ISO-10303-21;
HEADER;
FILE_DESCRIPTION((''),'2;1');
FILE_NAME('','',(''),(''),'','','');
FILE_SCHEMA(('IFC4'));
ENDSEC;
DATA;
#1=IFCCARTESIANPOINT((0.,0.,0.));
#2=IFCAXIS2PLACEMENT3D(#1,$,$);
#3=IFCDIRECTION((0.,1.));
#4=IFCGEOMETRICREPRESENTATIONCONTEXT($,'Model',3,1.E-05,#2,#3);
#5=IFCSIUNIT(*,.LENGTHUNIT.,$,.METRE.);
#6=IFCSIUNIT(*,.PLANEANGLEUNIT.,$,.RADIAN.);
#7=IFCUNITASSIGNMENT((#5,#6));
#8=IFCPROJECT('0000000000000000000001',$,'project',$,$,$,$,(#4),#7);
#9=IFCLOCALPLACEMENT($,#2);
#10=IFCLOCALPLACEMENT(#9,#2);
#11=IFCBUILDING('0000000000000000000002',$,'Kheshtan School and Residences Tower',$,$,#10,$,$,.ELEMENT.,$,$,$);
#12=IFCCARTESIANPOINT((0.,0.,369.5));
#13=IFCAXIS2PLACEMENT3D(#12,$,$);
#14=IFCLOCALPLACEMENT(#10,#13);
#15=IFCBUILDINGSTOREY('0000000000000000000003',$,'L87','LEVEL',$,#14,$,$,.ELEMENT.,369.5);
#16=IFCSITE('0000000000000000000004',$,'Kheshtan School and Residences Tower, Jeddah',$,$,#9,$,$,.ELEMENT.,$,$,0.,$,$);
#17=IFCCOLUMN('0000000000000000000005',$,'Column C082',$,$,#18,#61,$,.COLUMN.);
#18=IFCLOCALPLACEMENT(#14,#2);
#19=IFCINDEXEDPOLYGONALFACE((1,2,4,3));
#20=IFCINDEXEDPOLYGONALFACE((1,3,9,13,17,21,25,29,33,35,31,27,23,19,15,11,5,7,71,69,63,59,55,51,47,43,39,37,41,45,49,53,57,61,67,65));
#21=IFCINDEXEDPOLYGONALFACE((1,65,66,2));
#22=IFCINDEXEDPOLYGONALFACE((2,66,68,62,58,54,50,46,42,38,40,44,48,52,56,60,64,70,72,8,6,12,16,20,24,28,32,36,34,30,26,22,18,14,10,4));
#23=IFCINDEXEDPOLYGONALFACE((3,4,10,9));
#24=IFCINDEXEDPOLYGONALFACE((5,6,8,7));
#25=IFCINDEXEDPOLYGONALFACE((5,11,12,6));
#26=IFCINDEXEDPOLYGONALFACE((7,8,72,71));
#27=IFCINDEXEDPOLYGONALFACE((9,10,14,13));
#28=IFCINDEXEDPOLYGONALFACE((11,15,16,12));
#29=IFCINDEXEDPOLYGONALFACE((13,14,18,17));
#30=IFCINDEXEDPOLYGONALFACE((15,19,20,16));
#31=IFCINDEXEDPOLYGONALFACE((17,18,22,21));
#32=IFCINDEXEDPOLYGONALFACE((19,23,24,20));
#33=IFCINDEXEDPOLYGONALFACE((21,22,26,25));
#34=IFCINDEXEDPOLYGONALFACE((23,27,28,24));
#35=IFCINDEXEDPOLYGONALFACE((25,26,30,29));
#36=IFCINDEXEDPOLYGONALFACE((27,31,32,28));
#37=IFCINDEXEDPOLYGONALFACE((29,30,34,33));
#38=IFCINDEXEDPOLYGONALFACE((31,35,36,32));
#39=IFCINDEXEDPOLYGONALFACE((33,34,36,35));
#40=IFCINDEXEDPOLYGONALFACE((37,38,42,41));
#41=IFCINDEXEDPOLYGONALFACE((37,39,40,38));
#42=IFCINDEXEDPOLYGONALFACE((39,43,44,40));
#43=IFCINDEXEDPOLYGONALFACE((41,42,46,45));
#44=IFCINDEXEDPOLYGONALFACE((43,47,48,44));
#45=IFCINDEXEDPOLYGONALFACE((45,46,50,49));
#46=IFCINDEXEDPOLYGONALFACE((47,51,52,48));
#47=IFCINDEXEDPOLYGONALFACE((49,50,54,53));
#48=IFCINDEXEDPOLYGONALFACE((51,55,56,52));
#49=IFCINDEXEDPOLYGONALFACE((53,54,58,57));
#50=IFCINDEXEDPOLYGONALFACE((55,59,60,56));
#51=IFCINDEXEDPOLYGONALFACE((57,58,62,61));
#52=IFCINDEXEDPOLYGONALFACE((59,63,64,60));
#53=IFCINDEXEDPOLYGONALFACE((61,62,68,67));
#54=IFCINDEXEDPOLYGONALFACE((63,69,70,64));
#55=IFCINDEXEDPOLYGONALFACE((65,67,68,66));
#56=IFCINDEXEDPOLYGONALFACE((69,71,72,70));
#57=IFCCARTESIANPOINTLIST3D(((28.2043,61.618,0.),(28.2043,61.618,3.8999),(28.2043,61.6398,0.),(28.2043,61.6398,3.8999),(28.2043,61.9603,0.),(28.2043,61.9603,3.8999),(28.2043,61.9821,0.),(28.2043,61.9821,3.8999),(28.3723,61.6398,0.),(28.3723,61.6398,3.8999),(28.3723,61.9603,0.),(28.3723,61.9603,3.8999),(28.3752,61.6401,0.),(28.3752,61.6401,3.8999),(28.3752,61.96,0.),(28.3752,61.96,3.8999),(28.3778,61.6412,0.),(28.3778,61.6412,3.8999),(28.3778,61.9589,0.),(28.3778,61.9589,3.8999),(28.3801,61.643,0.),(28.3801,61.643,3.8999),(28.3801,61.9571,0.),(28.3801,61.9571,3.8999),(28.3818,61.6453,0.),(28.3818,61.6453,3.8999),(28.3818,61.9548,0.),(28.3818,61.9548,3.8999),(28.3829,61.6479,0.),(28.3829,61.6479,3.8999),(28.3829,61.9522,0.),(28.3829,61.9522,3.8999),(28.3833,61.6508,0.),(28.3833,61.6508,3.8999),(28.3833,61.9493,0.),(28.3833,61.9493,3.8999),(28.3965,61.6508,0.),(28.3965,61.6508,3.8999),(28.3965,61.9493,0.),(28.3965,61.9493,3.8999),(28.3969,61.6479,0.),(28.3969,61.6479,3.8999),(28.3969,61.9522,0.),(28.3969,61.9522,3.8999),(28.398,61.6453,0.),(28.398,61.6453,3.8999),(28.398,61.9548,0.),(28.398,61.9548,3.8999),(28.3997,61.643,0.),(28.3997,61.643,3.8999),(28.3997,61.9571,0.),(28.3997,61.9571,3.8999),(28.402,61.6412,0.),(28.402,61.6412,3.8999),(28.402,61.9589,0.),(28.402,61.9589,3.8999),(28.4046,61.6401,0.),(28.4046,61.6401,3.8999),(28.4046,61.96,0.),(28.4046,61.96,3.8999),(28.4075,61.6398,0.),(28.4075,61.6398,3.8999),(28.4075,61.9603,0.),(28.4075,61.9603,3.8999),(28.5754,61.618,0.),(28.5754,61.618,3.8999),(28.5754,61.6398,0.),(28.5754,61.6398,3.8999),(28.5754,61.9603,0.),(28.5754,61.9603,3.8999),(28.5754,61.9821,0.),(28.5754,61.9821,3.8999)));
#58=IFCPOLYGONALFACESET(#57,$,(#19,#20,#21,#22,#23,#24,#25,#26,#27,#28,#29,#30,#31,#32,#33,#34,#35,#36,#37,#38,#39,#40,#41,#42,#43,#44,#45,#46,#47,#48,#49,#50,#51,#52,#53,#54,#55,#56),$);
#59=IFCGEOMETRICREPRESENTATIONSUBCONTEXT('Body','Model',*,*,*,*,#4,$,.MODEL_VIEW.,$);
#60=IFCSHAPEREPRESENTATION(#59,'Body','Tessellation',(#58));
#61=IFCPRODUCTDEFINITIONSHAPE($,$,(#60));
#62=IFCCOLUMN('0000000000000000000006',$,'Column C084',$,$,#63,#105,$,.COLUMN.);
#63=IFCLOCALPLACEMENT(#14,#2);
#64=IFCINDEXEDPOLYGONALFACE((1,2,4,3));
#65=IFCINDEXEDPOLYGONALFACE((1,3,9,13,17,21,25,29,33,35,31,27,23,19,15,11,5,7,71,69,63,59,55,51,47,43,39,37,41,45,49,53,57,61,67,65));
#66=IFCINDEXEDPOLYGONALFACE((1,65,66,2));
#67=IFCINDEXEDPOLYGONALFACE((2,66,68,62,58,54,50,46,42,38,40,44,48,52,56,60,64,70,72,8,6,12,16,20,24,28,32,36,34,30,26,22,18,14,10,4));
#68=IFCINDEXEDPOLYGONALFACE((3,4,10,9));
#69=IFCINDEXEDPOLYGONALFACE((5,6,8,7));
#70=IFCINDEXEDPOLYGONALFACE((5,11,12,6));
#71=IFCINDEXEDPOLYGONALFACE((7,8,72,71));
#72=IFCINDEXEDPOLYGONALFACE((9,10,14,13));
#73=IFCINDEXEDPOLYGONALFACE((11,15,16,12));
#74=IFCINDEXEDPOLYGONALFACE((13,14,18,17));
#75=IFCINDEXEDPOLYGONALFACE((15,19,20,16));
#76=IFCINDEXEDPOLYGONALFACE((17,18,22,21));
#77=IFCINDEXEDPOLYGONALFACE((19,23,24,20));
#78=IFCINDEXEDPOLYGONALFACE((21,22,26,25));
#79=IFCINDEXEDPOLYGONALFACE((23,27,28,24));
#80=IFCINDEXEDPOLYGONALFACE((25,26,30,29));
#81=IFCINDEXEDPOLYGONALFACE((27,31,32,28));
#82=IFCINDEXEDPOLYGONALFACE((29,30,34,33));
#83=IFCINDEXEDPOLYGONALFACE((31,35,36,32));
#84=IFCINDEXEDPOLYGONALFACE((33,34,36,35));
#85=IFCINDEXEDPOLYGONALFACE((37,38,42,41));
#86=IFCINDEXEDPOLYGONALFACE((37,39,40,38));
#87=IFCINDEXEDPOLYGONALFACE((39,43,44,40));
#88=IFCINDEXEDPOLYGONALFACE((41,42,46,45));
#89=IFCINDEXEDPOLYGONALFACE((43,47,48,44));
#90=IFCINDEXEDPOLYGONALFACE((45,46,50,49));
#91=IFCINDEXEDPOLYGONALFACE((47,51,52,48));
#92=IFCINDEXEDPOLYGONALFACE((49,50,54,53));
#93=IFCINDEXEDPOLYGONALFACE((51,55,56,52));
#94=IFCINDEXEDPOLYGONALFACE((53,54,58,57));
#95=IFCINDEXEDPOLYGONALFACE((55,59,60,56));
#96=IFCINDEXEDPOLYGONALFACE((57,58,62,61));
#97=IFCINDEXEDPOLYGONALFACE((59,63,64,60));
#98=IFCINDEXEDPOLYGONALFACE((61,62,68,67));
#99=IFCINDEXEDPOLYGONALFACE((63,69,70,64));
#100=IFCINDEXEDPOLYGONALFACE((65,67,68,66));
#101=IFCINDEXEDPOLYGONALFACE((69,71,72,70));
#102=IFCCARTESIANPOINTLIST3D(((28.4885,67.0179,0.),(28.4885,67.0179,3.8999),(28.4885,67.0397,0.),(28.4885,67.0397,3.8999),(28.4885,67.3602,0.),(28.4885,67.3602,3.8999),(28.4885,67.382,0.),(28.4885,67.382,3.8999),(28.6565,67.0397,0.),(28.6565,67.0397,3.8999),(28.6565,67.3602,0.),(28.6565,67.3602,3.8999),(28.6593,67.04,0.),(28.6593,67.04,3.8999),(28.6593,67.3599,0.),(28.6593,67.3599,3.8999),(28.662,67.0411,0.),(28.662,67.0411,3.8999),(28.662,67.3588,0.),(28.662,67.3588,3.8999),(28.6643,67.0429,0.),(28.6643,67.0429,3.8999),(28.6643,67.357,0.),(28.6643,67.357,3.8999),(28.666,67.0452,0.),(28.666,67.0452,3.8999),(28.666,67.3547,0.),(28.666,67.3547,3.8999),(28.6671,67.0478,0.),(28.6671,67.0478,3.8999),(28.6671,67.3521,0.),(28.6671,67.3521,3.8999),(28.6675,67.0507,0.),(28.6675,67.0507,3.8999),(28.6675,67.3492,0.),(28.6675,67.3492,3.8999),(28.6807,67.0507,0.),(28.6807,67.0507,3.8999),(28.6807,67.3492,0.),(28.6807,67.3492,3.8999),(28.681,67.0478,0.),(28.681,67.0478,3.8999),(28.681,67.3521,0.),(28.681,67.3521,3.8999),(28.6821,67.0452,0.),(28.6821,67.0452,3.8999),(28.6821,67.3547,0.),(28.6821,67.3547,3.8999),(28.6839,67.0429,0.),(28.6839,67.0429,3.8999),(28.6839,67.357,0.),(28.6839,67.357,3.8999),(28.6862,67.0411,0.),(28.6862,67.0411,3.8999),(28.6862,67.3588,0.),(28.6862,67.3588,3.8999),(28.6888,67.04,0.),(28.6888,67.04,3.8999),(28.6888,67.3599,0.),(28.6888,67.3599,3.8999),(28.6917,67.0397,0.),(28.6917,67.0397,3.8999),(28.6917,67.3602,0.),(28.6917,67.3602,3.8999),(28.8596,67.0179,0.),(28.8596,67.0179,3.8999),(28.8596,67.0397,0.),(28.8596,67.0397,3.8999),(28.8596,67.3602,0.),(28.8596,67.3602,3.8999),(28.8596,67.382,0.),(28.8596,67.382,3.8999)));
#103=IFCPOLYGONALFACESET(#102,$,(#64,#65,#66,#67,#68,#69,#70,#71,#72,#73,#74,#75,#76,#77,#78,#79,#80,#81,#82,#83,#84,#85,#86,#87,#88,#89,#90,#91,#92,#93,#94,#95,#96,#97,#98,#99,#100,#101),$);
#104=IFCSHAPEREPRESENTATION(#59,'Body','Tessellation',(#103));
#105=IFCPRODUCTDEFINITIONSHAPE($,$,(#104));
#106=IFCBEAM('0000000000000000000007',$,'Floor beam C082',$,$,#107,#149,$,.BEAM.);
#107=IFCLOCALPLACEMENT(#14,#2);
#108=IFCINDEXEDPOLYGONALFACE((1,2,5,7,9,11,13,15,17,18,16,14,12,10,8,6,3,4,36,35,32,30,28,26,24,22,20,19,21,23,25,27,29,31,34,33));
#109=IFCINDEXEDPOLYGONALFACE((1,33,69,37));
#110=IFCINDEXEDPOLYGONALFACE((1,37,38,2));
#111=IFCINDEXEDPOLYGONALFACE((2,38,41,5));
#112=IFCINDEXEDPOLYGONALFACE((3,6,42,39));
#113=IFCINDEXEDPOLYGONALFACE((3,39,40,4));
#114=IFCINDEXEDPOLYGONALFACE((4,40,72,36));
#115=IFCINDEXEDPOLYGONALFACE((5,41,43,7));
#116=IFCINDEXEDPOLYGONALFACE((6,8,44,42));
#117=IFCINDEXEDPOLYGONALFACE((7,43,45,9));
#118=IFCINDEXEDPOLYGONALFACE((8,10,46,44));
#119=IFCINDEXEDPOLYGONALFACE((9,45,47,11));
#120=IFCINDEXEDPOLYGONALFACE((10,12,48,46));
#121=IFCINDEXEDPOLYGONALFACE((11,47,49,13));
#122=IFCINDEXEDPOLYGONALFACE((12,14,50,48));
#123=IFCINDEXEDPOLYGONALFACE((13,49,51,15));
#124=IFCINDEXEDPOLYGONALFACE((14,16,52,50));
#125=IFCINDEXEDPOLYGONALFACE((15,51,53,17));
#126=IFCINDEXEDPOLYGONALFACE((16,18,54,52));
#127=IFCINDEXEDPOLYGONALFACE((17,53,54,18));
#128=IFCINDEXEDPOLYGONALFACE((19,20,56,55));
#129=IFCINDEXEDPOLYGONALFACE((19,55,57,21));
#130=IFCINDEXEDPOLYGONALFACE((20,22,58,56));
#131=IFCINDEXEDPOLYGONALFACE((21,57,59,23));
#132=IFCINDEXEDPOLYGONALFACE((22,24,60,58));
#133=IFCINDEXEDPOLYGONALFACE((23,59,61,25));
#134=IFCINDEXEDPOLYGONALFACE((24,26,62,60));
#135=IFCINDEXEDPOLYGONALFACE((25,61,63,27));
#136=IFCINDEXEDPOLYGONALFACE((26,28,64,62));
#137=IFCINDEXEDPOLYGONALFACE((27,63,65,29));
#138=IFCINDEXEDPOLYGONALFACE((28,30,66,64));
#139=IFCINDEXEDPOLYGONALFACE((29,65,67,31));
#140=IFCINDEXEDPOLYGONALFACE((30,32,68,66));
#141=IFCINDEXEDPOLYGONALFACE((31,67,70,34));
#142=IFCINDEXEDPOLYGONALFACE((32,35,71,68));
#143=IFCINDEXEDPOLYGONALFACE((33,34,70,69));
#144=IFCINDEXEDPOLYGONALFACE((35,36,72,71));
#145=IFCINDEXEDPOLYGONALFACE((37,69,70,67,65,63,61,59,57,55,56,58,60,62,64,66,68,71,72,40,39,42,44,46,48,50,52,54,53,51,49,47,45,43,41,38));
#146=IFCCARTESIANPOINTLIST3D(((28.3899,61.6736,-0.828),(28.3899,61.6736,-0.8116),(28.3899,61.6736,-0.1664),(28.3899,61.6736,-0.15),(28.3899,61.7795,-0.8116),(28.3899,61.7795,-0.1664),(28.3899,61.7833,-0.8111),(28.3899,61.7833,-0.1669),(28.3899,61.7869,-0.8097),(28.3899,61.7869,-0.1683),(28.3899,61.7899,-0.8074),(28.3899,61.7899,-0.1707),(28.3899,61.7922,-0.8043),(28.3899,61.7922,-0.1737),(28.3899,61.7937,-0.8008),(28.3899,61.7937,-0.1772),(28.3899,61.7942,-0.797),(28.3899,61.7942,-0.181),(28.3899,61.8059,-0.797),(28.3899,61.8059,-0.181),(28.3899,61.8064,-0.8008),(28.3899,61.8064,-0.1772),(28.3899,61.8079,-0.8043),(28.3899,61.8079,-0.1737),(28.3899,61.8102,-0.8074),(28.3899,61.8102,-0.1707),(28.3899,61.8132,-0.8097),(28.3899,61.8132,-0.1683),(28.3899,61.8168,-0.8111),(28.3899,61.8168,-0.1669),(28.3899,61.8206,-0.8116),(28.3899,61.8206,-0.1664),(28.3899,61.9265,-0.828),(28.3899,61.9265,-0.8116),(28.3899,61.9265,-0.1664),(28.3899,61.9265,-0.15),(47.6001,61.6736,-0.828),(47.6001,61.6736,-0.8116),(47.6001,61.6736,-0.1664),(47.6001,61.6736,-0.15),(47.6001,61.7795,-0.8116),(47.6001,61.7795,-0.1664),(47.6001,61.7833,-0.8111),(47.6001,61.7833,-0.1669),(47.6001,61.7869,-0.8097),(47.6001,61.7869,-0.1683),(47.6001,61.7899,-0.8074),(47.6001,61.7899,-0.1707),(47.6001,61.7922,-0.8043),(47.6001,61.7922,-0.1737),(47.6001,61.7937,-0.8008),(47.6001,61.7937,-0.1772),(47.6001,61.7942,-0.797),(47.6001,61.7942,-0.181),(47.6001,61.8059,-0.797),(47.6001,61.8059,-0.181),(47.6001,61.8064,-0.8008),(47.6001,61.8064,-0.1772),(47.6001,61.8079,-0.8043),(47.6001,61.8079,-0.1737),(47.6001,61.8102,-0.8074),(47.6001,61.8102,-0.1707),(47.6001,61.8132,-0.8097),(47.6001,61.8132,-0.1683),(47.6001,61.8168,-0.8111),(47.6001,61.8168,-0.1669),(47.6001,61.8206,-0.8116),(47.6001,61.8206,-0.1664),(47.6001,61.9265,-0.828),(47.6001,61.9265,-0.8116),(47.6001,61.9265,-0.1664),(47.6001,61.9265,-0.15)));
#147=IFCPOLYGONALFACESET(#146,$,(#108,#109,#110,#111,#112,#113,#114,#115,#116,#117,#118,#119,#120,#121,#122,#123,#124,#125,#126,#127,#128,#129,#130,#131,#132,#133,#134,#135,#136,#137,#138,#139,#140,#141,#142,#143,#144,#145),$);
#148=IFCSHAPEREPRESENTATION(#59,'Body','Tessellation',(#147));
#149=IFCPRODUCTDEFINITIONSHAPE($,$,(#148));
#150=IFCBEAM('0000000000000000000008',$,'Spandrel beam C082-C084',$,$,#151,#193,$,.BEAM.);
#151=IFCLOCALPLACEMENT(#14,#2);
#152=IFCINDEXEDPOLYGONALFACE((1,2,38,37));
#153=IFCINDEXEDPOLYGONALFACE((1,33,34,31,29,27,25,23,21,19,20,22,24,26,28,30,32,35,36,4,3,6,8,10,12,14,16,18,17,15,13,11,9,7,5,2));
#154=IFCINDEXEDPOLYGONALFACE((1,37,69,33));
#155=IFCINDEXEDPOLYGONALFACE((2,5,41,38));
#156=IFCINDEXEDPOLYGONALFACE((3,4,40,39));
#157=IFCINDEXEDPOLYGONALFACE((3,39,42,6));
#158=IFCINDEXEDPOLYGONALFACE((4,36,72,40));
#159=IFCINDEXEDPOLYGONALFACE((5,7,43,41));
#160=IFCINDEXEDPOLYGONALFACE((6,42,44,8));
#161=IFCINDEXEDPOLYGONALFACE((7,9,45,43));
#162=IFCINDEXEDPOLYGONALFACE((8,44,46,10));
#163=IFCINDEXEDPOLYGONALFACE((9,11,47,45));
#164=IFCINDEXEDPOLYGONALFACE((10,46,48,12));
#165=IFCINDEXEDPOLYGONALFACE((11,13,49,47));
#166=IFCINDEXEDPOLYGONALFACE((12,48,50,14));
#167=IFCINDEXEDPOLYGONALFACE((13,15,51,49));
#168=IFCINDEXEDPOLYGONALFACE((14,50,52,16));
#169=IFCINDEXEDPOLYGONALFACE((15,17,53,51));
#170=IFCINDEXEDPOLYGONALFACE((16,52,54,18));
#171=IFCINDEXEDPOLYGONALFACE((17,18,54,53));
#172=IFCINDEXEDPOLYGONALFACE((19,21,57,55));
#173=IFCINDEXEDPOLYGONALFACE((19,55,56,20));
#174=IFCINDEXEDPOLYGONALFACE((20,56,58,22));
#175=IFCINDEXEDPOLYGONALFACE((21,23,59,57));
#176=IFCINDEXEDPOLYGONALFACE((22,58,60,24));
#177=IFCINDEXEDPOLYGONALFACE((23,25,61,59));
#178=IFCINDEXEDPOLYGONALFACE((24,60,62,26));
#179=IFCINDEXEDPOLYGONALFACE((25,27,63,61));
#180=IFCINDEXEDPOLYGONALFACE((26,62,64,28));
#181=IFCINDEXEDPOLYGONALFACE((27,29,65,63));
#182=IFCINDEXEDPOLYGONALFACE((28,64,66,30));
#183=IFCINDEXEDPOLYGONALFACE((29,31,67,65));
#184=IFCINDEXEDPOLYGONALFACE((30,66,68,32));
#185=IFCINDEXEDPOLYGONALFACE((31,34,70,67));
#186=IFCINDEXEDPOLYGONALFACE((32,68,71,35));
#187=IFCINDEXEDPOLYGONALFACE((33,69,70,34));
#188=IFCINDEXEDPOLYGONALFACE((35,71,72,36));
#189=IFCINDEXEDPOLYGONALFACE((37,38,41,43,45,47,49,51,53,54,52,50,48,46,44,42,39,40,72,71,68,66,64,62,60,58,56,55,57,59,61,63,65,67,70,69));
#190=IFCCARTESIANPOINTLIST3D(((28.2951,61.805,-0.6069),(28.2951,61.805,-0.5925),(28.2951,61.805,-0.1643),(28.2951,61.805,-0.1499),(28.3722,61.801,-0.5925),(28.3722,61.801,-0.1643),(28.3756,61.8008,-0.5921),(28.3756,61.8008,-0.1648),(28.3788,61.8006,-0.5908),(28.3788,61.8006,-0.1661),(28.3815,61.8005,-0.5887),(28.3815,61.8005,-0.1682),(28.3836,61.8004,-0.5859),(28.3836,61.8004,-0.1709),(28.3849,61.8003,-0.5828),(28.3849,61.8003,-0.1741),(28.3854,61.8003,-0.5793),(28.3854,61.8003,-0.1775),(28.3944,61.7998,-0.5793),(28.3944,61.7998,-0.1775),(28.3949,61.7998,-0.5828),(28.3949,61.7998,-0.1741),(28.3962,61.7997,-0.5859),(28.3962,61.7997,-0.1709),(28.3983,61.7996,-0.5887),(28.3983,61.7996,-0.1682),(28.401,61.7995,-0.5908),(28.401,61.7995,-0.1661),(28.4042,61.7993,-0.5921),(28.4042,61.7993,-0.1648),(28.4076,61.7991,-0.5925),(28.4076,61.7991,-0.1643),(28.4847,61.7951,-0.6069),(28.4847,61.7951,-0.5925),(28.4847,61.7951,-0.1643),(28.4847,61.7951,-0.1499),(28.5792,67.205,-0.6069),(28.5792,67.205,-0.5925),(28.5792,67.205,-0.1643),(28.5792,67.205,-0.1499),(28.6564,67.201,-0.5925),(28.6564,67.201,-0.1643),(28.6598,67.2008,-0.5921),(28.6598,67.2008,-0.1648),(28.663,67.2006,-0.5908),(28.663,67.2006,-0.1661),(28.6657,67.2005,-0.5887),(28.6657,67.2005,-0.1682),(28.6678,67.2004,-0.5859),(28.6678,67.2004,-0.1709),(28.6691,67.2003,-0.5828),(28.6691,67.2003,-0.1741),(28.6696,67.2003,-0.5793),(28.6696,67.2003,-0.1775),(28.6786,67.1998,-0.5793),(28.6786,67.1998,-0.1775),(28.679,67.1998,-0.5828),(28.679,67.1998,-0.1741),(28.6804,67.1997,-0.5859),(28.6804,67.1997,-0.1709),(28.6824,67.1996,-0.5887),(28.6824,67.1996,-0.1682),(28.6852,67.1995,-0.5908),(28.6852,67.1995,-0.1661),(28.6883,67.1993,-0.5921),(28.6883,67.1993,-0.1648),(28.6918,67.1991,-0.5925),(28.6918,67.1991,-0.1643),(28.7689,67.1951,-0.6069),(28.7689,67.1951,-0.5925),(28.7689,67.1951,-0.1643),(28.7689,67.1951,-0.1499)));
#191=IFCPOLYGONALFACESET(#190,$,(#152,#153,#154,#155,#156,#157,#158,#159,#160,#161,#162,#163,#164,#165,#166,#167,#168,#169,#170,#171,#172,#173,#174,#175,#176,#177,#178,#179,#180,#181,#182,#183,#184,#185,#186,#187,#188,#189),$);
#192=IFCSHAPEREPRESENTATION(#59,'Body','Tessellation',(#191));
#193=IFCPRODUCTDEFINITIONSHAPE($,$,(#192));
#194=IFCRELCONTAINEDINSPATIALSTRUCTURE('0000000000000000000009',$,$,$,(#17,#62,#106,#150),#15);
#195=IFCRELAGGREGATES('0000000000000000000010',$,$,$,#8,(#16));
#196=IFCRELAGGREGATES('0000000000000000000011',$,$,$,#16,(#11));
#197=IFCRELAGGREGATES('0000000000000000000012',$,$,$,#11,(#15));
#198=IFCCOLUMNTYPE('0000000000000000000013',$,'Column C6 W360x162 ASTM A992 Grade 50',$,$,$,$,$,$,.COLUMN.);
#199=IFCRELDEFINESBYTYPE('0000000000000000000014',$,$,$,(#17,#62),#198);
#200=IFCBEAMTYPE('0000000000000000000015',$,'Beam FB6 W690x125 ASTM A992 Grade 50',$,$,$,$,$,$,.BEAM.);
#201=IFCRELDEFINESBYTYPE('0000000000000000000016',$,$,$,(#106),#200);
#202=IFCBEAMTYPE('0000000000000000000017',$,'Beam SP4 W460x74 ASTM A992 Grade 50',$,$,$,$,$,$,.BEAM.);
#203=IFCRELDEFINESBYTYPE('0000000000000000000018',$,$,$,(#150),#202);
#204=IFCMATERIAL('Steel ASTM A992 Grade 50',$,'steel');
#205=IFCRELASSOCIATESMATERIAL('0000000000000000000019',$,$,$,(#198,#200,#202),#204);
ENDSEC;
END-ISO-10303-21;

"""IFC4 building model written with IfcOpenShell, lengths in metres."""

from ifc_helpers import new_model, si_unit, direction, frame, origin, origin_2d, place, context, subcontext, project, spatial, i_section, extrude, material, material_profile, profile_set, type_object, element, save


model = new_model("IFC4")

# Units and contexts
model_context = context("Model", 3, precision=1e-05, world=origin(), true_north=direction((0.0, 1.0)))
body_context = subcontext(model_context, "Body", "Model", "MODEL_VIEW")
ifc_project = project(units=[si_unit("LENGTHUNIT", "METRE"), si_unit("PLANEANGLEUNIT", "RADIAN")], contexts=[model_context])

# Site, building, storey
site_placement = place(None, origin())
site = spatial("IfcSite", under=ifc_project, at=site_placement, Name="Kheshtan School and Residences Tower, Jeddah", CompositionType="ELEMENT", RefElevation=0.0)
building_placement = place(site_placement, origin())
building = spatial("IfcBuilding", under=site, at=building_placement, Name="Kheshtan School and Residences Tower", CompositionType="ELEMENT")
storey_placement = place(building_placement, frame((0.0, 0.0, 369.5)))
storey = spatial("IfcBuildingStorey", under=building, at=storey_placement, Name="L87", Description="LEVEL", CompositionType="ELEMENT", Elevation=369.5)

# Columns
ifc_material_1 = material(Name="Steel ASTM A992 Grade 50", Category="steel")
ifc_material_profile_1 = material_profile(ifc_material_1, i_section(OverallWidth=0.3711, OverallDepth=0.364, WebThickness=0.0132, FlangeThickness=0.0217, FilletRadius=0.011, at=origin_2d()), Name="W360x162")
ifc_profile_set_1 = profile_set([ifc_material_profile_1], Name="Steel ASTM A992 Grade 50")
column_type = type_object("IfcColumnType", Name="Column C6 W360x162 ASTM A992 Grade 50", PredefinedType="COLUMN", material=ifc_profile_set_1)
for number, where, z_axis, x_axis, name in (
    (1, (28.3899, 61.8, 0.0), (0.0, 0.0, 1.0), (1.0, 0.0, 0.0), "Column C082"),
    (2, (28.6741, 67.2, 0.0), (0.0, 0.0, 1.0), (1.0, 0.0, 0.0), "Column C084"),
):
    element("IfcColumn", number, at=place(storey_placement, frame(where, z_axis=z_axis, x_axis=x_axis)), inside=storey, type_object=column_type, Name=name, PredefinedType="COLUMN", context=body_context, shape_type="SweptSolid", body=[
        extrude(i_section(OverallWidth=0.3711, OverallDepth=0.364, WebThickness=0.0132, FlangeThickness=0.0217, FilletRadius=0.011, at=origin_2d()), origin(), (0.0, 0.0, 1.0), 3.8999),
    ])

# Beams
ifc_material_profile_2 = material_profile(ifc_material_1, i_section(OverallWidth=0.2529, OverallDepth=0.678, WebThickness=0.0117, FlangeThickness=0.0164, FilletRadius=0.0146, at=origin_2d()), Name="W690x125")
ifc_profile_set_2 = profile_set([ifc_material_profile_2], Name="Steel ASTM A992 Grade 50")
beam_type_1 = type_object("IfcBeamType", Name="Beam FB6 W690x125 ASTM A992 Grade 50", PredefinedType="BEAM", material=ifc_profile_set_2)
beam_1_placement = place(storey_placement, frame((28.3899, 61.8, -0.489), z_axis=(1.0, 0.0, 0.0), x_axis=(0.0, 1.0, 0.0)))
element("IfcBeam", 3, at=beam_1_placement, inside=storey, type_object=beam_type_1, Name="Floor beam C082", PredefinedType="BEAM", context=body_context, shape_type="SweptSolid", body=[
    extrude(i_section(OverallWidth=0.2529, OverallDepth=0.678, WebThickness=0.0117, FlangeThickness=0.0164, FilletRadius=0.0146, at=origin_2d()), origin(), (0.0, 0.0, 1.0), 19.2102),
])
ifc_material_profile_3 = material_profile(ifc_material_1, i_section(OverallWidth=0.1899, OverallDepth=0.457, WebThickness=0.009, FlangeThickness=0.0144, FilletRadius=0.0132, at=origin_2d()), Name="W460x74")
ifc_profile_set_3 = profile_set([ifc_material_profile_3], Name="Steel ASTM A992 Grade 50")
beam_type_2 = type_object("IfcBeamType", Name="Beam SP4 W460x74 ASTM A992 Grade 50", PredefinedType="BEAM", material=ifc_profile_set_3)
beam_2_placement = place(storey_placement, frame((28.3899, 61.8, -0.3784), z_axis=(0.052554, 0.998618, 0.0), x_axis=(-0.998618, 0.052554, 0.0)))
element("IfcBeam", 4, at=beam_2_placement, inside=storey, type_object=beam_type_2, Name="Spandrel beam C082-C084", PredefinedType="BEAM", context=body_context, shape_type="SweptSolid", body=[
    extrude(i_section(OverallWidth=0.1899, OverallDepth=0.457, WebThickness=0.009, FlangeThickness=0.0144, FilletRadius=0.0132, at=origin_2d()), origin(), (0.0, 0.0, 1.0), 5.4075),
])

save(model, "model.ifc")
